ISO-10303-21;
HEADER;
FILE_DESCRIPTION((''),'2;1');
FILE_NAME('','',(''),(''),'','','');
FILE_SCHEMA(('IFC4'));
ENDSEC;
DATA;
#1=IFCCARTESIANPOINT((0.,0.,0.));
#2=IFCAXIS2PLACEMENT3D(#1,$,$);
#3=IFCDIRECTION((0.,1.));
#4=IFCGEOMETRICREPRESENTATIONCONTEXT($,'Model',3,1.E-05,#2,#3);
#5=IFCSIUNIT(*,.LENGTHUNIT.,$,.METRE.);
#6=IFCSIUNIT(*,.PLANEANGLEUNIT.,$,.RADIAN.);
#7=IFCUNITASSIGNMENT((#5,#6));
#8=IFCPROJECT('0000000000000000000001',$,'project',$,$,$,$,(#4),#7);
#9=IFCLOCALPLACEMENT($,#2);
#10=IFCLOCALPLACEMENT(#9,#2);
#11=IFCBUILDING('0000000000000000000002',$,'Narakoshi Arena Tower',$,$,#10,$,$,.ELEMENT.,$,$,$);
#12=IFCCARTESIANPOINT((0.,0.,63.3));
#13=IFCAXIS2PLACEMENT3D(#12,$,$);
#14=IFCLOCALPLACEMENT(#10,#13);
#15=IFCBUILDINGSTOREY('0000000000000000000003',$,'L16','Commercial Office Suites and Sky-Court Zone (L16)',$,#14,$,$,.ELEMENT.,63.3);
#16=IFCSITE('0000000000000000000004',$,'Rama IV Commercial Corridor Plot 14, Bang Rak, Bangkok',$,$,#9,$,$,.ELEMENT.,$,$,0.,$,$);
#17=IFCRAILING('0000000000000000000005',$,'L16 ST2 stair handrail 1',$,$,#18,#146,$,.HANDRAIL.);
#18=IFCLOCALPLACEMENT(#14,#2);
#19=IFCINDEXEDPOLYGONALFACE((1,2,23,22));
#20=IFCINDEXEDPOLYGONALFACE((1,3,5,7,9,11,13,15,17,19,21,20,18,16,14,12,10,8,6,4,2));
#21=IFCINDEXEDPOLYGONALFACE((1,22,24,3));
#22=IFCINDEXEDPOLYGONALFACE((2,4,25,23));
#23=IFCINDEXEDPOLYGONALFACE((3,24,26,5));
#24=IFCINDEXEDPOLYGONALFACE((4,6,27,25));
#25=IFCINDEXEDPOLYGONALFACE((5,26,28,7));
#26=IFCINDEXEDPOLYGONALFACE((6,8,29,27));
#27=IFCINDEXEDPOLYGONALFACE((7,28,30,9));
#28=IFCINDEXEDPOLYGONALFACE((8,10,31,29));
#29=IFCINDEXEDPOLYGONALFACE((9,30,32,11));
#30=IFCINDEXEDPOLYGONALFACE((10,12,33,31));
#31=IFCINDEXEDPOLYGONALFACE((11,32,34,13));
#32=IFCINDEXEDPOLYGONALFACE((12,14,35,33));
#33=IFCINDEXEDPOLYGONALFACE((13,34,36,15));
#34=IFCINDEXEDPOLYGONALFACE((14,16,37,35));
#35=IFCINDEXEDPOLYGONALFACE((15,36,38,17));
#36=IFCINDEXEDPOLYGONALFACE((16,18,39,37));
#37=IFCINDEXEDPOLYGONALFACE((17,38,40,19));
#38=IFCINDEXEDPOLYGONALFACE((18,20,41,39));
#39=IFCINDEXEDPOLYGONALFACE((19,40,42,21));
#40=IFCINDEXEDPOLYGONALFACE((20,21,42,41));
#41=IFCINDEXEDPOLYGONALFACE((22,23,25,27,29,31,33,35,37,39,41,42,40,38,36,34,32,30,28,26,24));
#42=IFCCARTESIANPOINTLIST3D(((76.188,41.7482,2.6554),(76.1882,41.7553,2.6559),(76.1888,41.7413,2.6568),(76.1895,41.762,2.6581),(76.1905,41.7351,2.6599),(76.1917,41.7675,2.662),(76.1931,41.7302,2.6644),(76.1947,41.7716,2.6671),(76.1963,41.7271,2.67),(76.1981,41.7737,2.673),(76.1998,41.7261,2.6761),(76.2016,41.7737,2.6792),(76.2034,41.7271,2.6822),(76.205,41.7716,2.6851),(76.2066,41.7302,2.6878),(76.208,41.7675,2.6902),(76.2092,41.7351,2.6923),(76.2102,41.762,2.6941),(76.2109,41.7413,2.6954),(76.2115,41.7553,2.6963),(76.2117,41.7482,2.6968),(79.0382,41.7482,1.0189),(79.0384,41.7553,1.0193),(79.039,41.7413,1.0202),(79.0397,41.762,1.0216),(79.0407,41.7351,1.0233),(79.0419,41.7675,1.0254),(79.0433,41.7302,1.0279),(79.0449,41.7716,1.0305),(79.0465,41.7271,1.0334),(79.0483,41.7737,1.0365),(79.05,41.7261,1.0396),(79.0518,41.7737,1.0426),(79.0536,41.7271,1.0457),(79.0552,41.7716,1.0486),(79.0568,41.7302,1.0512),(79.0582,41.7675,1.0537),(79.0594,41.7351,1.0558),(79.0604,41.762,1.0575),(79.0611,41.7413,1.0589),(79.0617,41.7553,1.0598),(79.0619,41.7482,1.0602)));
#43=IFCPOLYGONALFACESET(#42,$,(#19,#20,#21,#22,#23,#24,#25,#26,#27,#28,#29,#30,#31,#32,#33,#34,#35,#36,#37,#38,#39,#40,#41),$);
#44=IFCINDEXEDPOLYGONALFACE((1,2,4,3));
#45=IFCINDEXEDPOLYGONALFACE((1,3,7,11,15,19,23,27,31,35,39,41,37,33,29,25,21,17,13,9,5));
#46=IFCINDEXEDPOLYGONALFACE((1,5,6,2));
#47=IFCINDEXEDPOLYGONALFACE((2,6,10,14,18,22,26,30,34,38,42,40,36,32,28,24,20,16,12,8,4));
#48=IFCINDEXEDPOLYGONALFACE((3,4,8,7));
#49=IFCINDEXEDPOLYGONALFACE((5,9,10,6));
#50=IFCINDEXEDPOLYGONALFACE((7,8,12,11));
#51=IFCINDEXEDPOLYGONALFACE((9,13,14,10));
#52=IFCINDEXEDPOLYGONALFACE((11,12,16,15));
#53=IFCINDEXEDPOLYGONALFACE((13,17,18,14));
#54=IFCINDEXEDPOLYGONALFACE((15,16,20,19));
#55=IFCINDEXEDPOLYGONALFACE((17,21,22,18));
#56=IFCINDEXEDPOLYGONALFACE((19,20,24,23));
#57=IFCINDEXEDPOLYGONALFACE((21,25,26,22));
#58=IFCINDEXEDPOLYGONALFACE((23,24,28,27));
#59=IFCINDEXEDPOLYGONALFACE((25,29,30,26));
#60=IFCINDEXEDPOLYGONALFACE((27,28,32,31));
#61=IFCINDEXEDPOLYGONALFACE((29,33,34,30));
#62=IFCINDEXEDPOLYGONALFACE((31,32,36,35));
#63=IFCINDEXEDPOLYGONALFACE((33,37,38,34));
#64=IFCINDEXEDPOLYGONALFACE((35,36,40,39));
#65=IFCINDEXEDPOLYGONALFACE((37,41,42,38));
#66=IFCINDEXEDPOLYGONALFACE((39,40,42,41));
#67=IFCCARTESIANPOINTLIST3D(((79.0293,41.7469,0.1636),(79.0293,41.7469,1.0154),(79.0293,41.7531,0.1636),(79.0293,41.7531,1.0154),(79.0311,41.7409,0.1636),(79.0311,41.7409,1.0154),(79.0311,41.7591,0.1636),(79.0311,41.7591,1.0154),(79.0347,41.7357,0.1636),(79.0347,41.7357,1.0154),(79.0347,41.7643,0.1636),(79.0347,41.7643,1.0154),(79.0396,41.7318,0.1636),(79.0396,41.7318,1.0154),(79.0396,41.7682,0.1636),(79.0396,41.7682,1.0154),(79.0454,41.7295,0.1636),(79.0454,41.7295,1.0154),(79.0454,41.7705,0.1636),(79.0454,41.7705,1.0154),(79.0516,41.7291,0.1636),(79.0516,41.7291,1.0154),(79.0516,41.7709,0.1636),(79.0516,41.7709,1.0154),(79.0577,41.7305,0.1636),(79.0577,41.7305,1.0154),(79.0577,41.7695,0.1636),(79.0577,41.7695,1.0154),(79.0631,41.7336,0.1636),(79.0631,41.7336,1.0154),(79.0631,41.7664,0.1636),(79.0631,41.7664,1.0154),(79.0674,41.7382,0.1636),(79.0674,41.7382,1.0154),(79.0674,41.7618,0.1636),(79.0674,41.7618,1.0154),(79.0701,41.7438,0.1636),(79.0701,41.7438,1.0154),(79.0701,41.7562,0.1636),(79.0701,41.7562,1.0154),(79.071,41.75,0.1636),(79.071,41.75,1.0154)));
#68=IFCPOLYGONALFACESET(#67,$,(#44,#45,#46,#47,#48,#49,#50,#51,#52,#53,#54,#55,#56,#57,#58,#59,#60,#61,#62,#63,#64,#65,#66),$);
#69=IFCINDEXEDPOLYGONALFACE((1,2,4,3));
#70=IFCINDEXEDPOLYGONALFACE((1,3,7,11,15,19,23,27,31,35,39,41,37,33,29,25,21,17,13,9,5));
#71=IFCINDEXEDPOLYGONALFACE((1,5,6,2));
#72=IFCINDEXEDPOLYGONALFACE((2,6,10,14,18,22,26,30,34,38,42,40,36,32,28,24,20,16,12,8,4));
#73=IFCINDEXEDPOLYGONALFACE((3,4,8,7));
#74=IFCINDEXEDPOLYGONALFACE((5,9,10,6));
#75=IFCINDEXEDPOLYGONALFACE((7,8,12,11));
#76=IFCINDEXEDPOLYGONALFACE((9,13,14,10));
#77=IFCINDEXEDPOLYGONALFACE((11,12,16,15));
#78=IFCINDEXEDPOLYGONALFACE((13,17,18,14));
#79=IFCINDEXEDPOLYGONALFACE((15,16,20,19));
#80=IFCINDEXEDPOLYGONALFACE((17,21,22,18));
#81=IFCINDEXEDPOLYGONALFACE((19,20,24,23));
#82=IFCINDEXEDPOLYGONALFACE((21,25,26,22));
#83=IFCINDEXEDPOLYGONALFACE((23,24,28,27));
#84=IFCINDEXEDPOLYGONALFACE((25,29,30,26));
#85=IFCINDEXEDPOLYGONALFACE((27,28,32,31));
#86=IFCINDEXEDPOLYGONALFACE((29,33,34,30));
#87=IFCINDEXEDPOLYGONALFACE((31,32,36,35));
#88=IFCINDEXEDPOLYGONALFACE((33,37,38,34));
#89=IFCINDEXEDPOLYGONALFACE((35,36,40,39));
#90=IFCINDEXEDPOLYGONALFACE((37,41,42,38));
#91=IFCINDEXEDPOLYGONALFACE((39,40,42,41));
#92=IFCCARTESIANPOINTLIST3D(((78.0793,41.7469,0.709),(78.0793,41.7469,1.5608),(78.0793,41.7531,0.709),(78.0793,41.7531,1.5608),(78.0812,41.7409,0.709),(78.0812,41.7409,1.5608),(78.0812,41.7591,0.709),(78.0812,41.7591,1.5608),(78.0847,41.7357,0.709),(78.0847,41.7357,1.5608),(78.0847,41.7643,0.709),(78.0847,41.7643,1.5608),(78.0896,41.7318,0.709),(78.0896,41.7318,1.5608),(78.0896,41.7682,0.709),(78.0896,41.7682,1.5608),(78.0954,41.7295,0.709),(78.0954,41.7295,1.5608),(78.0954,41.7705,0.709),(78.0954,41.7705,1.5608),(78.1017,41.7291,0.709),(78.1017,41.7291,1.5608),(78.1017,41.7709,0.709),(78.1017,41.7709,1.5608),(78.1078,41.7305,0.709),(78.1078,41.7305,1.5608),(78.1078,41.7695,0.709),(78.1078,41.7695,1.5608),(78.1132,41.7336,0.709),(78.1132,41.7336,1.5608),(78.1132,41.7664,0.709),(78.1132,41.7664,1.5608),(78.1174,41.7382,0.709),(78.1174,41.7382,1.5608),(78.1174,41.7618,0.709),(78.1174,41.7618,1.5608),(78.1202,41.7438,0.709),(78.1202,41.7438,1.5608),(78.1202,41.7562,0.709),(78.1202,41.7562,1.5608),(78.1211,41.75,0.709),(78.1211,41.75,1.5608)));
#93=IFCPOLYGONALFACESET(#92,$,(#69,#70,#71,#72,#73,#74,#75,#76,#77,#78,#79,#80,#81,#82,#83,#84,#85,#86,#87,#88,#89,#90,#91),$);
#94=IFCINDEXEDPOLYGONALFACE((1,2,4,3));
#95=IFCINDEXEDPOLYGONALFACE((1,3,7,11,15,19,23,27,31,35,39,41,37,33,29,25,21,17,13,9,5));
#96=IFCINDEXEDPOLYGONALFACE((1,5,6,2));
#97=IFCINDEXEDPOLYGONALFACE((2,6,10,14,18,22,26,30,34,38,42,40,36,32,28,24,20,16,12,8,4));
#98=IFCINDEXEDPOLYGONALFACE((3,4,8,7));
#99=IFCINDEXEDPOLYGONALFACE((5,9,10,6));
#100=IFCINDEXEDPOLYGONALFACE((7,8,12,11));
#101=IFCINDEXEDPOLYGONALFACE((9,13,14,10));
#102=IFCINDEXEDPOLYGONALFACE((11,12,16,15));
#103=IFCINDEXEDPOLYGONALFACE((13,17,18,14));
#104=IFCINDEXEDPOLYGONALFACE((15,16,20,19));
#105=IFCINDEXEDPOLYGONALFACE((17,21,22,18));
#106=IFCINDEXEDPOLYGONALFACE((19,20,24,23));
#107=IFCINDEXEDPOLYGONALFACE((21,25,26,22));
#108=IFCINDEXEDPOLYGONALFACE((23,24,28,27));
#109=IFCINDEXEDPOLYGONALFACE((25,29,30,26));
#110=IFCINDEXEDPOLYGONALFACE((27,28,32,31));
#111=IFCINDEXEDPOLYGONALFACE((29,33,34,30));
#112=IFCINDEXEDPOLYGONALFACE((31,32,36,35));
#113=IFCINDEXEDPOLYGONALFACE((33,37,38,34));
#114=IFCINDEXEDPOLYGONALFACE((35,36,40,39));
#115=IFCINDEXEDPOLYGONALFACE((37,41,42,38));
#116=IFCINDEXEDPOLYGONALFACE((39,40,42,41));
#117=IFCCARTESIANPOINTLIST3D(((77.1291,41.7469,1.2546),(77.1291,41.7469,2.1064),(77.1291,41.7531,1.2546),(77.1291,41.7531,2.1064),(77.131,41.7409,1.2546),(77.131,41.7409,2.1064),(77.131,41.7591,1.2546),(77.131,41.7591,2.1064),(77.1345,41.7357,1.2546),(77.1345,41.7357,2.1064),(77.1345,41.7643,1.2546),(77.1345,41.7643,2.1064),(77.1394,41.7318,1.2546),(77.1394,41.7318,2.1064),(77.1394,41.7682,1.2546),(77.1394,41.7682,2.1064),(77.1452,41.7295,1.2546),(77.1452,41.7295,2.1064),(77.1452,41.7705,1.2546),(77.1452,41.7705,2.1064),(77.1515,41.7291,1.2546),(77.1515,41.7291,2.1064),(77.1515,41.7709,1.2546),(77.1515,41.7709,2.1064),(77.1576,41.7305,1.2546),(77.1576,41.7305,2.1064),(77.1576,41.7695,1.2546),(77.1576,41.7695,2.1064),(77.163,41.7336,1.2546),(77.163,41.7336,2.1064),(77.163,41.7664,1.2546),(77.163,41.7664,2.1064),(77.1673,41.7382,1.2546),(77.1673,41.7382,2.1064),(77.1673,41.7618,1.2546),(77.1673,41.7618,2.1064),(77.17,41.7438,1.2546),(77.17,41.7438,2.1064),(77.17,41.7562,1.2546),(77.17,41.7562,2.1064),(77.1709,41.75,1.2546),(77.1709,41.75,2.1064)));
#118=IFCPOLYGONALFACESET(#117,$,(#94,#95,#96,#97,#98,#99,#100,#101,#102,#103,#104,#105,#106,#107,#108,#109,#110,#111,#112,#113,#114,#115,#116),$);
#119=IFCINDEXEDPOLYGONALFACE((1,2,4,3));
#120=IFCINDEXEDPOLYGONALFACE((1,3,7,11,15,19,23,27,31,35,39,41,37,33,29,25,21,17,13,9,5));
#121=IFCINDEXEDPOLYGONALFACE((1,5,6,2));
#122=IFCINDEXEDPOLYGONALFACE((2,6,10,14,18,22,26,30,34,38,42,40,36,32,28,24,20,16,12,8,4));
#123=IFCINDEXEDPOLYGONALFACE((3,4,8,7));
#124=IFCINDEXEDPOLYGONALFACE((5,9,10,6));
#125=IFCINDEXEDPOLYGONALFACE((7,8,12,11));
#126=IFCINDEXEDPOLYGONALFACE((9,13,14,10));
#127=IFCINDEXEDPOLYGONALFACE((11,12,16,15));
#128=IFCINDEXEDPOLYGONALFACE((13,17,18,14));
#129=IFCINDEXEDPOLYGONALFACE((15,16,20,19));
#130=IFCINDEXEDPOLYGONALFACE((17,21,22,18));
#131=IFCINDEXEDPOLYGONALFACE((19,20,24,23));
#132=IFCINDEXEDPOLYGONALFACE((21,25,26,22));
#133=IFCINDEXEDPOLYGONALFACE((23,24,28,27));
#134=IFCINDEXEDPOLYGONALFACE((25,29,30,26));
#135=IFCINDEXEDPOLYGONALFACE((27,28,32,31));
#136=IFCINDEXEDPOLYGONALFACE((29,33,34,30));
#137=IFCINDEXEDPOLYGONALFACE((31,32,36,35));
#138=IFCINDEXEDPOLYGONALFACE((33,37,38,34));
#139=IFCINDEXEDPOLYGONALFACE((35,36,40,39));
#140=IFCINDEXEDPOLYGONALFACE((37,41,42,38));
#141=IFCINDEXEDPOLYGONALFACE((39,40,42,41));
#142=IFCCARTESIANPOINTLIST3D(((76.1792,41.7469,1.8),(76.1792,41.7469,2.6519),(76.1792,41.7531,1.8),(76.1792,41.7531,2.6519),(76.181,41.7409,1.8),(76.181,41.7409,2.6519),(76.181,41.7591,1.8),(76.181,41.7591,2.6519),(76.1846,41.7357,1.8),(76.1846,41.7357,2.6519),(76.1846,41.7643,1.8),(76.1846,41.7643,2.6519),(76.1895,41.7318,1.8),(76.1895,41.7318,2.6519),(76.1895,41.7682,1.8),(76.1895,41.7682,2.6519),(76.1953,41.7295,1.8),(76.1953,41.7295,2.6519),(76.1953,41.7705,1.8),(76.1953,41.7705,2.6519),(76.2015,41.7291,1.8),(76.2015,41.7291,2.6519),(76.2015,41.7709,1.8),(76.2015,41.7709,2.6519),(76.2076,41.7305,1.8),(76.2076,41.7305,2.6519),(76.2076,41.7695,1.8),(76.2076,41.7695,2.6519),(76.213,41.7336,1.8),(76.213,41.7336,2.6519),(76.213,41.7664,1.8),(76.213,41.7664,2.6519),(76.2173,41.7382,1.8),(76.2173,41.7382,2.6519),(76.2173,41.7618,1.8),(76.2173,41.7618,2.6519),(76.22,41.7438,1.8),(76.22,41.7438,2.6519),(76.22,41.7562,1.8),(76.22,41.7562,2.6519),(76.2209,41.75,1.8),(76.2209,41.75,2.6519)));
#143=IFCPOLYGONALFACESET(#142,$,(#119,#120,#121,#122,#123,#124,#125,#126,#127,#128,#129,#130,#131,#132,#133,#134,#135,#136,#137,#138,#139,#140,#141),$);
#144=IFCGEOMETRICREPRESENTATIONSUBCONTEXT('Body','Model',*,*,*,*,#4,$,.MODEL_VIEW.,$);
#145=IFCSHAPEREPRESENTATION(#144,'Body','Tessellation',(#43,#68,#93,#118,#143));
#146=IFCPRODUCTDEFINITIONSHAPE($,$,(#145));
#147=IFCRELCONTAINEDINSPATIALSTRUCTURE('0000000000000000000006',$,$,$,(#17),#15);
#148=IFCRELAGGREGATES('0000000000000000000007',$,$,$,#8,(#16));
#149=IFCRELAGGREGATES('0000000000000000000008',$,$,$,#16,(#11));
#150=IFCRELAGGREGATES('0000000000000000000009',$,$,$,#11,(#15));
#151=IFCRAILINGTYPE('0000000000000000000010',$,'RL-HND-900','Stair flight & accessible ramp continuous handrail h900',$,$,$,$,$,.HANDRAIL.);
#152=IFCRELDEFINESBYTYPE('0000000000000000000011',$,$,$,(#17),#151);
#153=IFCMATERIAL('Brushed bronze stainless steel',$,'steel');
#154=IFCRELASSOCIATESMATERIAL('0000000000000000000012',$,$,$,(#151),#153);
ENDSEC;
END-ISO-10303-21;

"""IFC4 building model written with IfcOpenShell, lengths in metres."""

from ifc_helpers import new_model, si_unit, direction, frame, origin, origin_2d, place, context, subcontext, project, spatial, circle, extrude, material, type_object, element, save


model = new_model("IFC4")

# Units and contexts
model_context = context("Model", 3, precision=1e-05, world=origin(), true_north=direction((0.0, 1.0)))
body_context = subcontext(model_context, "Body", "Model", "MODEL_VIEW")
ifc_project = project(units=[si_unit("LENGTHUNIT", "METRE"), si_unit("PLANEANGLEUNIT", "RADIAN")], contexts=[model_context])

# Site, building, storey
site_placement = place(None, origin())
site = spatial("IfcSite", under=ifc_project, at=site_placement, Name="Rama IV Commercial Corridor Plot 14, Bang Rak, Bangkok", CompositionType="ELEMENT", RefElevation=0.0)
building_placement = place(site_placement, origin())
building = spatial("IfcBuilding", under=site, at=building_placement, Name="Narakoshi Arena Tower", CompositionType="ELEMENT")
storey_placement = place(building_placement, frame((0.0, 0.0, 63.3)))
storey = spatial("IfcBuildingStorey", under=building, at=storey_placement, Name="L16", Description="Commercial Office Suites and Sky-Court Zone (L16)", CompositionType="ELEMENT", Elevation=63.3)

# Shared definitions
ifc_material_1 = material(Name="Brushed bronze stainless steel", Category="steel")

# Railing
railing_type_1 = type_object("IfcRailingType", Name="RL-HND-900", Description="Stair flight & accessible ramp continuous handrail h900", PredefinedType="HANDRAIL", material=ifc_material_1)
railing_1_placement = place(storey_placement, frame((79.05, 41.75, 0.1636)))
element("IfcRailing", 1, at=railing_1_placement, inside=storey, type_object=railing_type_1, Name="L16 ST2 stair handrail 1", PredefinedType="HANDRAIL", context=body_context, shape_type="SweptSolid", body=[
    extrude(circle(Radius=0.0239, at=origin_2d()), frame((0.0, 0.0, 0.876), z_axis=(-0.867213, 0.0, 0.497938), x_axis=(0.0, -1.0, 0.0)), (0.0, 0.0, 1.0), 3.2866),
    extrude(circle(Radius=0.021, at=origin_2d()), origin(), (0.0, 0.0, 1.0), 0.8518),
    extrude(circle(Radius=0.021, at=origin_2d()), frame((-0.95, 0.0, 0.5454)), (0.0, 0.0, 1.0), 0.8518),
    extrude(circle(Radius=0.021, at=origin_2d()), frame((-1.9001, 0.0, 1.0911)), (0.0, 0.0, 1.0), 0.8518),
    extrude(circle(Radius=0.021, at=origin_2d()), frame((-2.8501, 0.0, 1.6365)), (0.0, 0.0, 1.0), 0.8518),
])

save(model, "model.ifc")
